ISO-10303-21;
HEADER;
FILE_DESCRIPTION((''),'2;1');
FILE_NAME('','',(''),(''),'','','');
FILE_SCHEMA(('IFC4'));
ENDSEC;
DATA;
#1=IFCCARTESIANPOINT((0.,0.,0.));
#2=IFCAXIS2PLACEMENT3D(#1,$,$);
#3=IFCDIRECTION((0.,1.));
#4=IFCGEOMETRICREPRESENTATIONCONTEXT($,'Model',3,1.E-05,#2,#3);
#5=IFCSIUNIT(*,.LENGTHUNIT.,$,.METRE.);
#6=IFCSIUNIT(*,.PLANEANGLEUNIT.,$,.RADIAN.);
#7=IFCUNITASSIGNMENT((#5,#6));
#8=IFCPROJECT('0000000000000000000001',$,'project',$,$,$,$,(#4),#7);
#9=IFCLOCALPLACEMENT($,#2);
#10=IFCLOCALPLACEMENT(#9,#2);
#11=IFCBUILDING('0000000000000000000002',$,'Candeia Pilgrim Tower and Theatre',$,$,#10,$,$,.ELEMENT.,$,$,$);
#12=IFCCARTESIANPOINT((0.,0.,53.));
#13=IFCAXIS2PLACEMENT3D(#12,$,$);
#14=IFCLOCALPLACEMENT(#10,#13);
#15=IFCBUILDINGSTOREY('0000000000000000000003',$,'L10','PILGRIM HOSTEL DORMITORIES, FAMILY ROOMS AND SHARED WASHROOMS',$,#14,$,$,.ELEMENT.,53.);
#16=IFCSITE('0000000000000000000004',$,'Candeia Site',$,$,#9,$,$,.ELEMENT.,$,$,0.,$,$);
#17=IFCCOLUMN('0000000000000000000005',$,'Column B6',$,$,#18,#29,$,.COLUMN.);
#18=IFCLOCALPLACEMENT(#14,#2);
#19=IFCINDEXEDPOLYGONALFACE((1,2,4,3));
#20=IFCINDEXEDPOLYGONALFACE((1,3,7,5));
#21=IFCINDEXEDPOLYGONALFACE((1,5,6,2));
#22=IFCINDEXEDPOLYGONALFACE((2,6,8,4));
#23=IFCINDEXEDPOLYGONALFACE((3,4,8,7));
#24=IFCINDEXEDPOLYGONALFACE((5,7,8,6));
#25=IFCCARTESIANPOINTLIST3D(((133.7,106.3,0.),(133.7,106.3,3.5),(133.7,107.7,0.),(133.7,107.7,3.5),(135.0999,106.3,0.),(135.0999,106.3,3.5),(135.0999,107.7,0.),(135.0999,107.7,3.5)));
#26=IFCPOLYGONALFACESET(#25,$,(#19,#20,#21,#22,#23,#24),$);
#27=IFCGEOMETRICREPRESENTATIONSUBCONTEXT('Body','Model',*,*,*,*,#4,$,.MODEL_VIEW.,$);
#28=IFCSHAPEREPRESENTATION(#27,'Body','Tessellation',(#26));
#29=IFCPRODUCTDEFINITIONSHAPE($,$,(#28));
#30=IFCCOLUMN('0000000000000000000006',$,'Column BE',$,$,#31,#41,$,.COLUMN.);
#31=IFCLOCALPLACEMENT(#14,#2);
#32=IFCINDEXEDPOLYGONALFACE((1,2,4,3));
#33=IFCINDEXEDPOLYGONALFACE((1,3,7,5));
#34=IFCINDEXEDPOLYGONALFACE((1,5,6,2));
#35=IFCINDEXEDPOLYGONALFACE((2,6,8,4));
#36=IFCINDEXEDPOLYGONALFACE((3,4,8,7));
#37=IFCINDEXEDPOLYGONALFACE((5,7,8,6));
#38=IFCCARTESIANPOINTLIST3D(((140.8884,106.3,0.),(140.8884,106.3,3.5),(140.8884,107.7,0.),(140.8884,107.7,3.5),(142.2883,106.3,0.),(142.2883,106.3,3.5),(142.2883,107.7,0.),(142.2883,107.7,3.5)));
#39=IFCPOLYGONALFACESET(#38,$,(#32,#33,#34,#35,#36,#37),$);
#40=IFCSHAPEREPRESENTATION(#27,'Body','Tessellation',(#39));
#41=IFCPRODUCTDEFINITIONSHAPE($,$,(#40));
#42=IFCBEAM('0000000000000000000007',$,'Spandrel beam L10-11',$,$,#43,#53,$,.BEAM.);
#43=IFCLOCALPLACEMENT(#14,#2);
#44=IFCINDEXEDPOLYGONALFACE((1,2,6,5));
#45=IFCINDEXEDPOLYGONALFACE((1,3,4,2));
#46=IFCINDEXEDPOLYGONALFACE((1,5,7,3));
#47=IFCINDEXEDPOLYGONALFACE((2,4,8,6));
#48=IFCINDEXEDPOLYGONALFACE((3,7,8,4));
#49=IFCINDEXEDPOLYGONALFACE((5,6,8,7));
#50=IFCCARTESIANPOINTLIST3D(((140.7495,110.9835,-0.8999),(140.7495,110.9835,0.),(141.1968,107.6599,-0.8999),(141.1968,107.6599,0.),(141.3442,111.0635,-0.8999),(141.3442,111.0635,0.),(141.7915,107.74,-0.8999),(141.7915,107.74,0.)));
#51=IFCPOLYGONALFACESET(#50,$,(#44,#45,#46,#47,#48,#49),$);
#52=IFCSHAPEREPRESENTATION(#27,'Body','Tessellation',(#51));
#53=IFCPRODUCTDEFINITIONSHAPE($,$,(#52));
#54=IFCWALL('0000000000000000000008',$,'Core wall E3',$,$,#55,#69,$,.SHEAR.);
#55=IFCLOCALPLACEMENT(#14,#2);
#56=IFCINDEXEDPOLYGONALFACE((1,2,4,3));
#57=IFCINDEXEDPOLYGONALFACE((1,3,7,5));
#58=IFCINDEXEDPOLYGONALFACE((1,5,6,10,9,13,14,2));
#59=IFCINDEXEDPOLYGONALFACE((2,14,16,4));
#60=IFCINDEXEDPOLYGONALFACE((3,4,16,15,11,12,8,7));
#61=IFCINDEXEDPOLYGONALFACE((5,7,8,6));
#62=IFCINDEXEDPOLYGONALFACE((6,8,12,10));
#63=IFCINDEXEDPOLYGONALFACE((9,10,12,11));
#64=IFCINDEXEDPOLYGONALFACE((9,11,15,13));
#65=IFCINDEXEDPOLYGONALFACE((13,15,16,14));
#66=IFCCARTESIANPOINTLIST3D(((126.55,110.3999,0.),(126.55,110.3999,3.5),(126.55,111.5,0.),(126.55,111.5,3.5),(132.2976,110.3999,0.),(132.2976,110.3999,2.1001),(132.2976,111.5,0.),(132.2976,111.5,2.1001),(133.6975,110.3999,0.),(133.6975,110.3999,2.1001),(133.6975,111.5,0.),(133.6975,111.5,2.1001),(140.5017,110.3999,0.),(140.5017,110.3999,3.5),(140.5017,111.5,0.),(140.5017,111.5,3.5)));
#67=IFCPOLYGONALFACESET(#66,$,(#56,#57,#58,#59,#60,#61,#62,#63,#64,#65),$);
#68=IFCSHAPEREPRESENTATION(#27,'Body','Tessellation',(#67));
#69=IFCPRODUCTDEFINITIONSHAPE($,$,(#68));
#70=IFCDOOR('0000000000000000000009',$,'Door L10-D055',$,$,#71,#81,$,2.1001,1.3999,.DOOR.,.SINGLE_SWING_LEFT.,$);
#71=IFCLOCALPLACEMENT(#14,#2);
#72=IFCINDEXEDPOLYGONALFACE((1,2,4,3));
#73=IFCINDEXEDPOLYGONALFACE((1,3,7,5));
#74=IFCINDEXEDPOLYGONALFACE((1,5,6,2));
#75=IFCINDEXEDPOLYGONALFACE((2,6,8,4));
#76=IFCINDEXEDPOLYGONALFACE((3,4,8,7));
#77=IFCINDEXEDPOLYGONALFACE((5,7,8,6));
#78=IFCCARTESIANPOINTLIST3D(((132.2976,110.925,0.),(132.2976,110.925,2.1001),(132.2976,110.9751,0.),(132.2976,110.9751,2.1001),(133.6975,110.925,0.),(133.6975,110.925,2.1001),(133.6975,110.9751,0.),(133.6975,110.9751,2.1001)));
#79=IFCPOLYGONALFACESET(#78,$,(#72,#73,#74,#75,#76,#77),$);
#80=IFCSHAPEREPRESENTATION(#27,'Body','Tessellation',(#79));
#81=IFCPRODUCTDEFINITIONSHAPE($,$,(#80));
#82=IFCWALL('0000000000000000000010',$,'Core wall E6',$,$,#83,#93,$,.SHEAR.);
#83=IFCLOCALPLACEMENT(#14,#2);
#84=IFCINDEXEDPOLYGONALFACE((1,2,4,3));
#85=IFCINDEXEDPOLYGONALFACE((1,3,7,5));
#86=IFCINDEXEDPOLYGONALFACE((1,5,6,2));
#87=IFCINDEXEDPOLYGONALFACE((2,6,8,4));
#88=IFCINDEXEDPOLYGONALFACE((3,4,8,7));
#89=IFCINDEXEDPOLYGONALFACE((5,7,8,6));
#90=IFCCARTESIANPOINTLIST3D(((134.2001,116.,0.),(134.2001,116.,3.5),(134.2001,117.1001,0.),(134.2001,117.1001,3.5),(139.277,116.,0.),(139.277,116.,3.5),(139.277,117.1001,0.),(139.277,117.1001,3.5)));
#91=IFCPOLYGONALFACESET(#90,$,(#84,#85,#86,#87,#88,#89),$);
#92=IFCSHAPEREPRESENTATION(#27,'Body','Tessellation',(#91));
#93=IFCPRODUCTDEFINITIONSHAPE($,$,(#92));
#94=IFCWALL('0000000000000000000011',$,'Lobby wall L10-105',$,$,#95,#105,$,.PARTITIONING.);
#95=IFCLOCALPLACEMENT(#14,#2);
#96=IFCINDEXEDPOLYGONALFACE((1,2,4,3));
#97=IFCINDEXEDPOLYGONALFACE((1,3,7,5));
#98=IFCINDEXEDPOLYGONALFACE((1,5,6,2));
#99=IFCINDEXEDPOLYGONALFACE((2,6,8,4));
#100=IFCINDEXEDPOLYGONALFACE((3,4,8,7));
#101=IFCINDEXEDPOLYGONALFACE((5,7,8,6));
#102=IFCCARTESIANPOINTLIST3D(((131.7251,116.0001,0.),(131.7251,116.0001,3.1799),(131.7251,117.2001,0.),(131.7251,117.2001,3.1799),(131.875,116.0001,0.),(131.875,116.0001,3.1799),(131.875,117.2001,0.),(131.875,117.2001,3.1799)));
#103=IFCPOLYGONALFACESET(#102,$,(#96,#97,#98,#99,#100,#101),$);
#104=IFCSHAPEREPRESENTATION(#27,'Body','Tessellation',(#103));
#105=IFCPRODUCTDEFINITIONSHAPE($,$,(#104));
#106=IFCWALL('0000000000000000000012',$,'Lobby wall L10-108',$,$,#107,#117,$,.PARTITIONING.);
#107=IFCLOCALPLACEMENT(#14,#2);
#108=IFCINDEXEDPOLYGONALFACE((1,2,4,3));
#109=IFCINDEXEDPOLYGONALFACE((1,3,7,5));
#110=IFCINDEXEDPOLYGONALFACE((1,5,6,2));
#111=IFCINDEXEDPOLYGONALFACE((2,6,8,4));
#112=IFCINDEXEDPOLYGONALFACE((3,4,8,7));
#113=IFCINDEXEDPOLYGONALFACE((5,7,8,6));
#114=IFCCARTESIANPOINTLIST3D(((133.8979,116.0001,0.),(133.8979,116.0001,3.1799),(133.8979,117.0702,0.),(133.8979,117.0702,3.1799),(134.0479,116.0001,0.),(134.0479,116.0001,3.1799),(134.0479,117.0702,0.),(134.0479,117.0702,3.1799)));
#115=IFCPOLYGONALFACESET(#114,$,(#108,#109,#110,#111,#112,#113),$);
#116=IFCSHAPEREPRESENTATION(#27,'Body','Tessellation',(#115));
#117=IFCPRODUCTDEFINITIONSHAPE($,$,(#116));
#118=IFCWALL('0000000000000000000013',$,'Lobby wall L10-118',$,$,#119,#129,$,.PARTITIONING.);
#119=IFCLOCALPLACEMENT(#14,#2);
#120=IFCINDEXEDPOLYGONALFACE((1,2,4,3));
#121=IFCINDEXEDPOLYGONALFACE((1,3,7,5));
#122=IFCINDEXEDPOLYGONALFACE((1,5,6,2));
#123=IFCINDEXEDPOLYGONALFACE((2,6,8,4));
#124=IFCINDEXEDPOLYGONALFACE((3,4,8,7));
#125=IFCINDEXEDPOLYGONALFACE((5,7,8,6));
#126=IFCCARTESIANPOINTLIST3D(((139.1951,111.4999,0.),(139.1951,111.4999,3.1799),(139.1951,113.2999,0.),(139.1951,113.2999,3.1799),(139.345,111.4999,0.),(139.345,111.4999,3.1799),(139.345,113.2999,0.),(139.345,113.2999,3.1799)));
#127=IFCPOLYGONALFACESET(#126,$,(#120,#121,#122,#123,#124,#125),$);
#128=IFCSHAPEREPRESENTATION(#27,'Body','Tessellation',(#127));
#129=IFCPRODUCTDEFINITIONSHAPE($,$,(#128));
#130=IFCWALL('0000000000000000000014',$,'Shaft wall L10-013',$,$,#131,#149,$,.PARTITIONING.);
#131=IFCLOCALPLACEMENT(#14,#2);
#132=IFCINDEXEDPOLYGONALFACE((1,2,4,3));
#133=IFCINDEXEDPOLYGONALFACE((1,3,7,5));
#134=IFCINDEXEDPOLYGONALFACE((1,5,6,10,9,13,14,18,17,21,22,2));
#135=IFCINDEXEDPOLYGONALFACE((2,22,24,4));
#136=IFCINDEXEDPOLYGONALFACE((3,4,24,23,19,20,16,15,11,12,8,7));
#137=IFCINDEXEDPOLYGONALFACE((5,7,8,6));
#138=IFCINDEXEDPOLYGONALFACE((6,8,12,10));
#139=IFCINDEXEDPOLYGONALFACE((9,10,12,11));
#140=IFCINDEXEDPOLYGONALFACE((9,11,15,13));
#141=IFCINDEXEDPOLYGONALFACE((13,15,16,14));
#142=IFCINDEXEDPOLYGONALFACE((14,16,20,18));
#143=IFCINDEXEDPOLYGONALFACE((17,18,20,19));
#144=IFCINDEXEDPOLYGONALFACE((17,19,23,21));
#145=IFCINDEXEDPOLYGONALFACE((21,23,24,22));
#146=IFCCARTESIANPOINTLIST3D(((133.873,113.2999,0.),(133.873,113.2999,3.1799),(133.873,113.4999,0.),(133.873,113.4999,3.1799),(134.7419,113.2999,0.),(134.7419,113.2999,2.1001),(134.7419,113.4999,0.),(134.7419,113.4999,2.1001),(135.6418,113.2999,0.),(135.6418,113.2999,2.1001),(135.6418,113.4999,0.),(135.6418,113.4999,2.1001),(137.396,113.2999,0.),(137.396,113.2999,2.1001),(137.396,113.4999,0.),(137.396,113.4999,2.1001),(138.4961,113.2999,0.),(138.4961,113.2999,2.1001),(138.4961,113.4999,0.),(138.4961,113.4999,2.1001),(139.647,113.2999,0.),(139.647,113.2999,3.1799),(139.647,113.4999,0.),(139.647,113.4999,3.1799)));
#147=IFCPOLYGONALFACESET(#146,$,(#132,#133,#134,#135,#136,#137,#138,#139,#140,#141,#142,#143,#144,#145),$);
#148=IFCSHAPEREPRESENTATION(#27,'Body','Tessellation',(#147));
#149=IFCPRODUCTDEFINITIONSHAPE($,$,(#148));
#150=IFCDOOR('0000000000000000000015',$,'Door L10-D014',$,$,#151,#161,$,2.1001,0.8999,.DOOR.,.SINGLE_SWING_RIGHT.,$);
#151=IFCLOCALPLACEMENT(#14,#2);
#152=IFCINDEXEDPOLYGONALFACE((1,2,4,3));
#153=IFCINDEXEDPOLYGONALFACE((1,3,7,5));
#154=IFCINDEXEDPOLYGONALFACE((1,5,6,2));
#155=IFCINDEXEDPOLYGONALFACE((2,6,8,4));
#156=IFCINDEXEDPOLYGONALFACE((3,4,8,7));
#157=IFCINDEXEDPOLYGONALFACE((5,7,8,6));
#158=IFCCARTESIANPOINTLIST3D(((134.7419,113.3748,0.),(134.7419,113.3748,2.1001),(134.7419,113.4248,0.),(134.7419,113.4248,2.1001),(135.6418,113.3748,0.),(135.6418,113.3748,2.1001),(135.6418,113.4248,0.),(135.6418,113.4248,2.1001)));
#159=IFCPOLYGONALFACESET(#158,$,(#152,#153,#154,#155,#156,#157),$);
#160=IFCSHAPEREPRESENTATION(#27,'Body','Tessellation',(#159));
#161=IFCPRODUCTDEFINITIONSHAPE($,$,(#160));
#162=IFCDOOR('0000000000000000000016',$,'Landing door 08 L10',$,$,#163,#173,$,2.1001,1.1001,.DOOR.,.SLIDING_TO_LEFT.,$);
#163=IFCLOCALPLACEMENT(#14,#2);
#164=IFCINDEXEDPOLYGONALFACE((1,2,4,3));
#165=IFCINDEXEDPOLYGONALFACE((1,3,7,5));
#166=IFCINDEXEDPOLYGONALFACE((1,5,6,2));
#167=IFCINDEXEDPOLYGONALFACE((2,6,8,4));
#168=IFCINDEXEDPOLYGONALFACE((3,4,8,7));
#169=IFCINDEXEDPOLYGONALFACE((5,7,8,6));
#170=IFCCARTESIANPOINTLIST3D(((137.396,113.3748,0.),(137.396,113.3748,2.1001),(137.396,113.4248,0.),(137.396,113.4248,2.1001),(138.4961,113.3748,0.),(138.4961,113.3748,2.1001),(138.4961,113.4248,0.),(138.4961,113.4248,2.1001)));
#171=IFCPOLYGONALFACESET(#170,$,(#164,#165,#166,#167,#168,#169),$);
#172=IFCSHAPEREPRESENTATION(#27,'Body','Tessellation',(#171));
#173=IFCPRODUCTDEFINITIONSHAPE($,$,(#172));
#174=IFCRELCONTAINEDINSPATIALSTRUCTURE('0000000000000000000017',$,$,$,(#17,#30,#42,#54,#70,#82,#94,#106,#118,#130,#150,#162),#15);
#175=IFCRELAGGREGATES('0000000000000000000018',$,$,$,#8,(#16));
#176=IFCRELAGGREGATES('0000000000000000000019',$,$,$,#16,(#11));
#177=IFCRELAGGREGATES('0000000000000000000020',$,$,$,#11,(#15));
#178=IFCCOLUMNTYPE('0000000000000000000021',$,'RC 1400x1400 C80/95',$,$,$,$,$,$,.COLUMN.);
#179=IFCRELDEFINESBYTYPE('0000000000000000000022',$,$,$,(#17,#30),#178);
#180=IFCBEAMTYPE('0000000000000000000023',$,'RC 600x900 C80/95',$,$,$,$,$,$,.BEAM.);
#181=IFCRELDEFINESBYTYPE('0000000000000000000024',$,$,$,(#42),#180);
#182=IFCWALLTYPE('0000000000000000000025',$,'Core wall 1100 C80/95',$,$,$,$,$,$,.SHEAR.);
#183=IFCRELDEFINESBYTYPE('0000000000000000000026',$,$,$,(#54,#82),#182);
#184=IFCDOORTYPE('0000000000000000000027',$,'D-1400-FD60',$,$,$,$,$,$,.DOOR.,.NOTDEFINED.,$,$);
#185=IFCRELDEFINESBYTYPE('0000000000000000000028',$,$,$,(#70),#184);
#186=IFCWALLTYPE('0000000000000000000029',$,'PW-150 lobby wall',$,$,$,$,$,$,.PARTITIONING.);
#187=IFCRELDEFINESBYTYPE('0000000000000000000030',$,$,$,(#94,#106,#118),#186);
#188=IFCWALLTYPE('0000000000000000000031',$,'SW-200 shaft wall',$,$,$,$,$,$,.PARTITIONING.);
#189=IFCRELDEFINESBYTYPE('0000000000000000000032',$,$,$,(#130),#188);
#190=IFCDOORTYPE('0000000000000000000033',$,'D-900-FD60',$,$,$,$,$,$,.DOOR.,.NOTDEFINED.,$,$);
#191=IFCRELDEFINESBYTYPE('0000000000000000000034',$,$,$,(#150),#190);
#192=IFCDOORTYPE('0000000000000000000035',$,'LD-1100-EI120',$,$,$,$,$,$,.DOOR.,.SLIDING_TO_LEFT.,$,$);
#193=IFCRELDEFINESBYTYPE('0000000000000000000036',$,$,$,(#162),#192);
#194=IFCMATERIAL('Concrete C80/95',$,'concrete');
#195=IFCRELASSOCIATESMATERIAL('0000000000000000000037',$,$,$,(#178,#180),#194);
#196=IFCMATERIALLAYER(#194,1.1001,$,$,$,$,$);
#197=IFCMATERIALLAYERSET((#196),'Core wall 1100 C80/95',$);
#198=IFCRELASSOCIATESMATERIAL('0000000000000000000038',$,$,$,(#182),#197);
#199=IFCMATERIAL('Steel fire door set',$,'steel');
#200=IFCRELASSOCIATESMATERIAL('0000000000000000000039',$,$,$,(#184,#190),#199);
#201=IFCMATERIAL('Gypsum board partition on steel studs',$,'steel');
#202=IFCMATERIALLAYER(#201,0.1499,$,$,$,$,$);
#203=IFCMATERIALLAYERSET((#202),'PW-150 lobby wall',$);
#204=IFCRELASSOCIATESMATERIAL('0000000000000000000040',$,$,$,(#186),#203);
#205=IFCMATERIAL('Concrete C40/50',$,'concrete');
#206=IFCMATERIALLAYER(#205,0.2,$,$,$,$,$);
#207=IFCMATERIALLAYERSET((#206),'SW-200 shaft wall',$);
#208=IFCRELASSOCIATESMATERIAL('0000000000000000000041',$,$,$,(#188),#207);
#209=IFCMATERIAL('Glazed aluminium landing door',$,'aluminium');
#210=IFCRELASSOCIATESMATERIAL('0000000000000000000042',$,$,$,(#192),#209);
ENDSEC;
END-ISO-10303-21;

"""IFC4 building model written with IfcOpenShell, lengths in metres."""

from ifc_helpers import new_model, si_unit, direction, frame, frame_2d, origin, origin_2d, place, context, subcontext, project, spatial, rectangle, extrude, material, layer, layer_set, material_profile, profile_set, type_object, element, fill, save


model = new_model("IFC4")

# Units and contexts
model_context = context("Model", 3, precision=1e-05, world=origin(), true_north=direction((0.0, 1.0)))
body_context = subcontext(model_context, "Body", "Model", "MODEL_VIEW")
ifc_project = project(units=[si_unit("LENGTHUNIT", "METRE"), si_unit("PLANEANGLEUNIT", "RADIAN")], contexts=[model_context])

# Site, building, storey
site_placement = place(None, origin())
site = spatial("IfcSite", under=ifc_project, at=site_placement, Name="Candeia Site", CompositionType="ELEMENT", RefElevation=0.0)
building_placement = place(site_placement, origin())
building = spatial("IfcBuilding", under=site, at=building_placement, Name="Candeia Pilgrim Tower and Theatre", CompositionType="ELEMENT")
storey_placement = place(building_placement, frame((0.0, 0.0, 53.0)))
storey = spatial("IfcBuildingStorey", under=building, at=storey_placement, Name="L10", Description="PILGRIM HOSTEL DORMITORIES, FAMILY ROOMS AND SHARED WASHROOMS", CompositionType="ELEMENT", Elevation=53.0)

# Columns
ifc_material_1 = material(Name="Concrete C80/95", Category="concrete")
ifc_material_profile_1 = material_profile(ifc_material_1, rectangle(XDim=1.3999, YDim=1.3999, at=origin_2d()))
ifc_profile_set_1 = profile_set([ifc_material_profile_1], Name="Concrete C80/95")
column_type = type_object("IfcColumnType", Name="RC 1400x1400 C80/95", PredefinedType="COLUMN", material=ifc_profile_set_1)
for number, where, z_axis, x_axis, name in (
    (1, (134.3999, 107.0, 0.0), (0.0, 0.0, 1.0), (1.0, 0.0, 0.0), "Column B6"),
    (2, (141.5884, 107.0, 0.0), (0.0, 0.0, 1.0), (1.0, 0.0, 0.0), "Column BE"),
):
    element("IfcColumn", number, at=place(storey_placement, frame(where, z_axis=z_axis, x_axis=x_axis)), inside=storey, type_object=column_type, Name=name, PredefinedType="COLUMN", context=body_context, shape_type="SweptSolid", body=[
        extrude(rectangle(XDim=1.3999, YDim=1.3999, at=origin_2d()), origin(), (0.0, 0.0, 1.0), 3.5),
    ])

# Beam
ifc_material_profile_2 = material_profile(ifc_material_1, rectangle(XDim=0.6001, YDim=0.8999, at=origin_2d()))
ifc_profile_set_2 = profile_set([ifc_material_profile_2], Name="Concrete C80/95")
beam_type = type_object("IfcBeamType", Name="RC 600x900 C80/95", PredefinedType="BEAM", material=ifc_profile_set_2)
beam_placement = place(storey_placement, frame((141.4941, 107.7, -0.45), z_axis=(-0.133375, 0.991066, 0.0), x_axis=(-0.991066, -0.133375, 0.0)))
element("IfcBeam", 3, at=beam_placement, inside=storey, type_object=beam_type, Name="Spandrel beam L10-11", PredefinedType="BEAM", context=body_context, shape_type="SweptSolid", body=[
    extrude(rectangle(XDim=0.6001, YDim=0.8999, at=origin_2d()), origin(), (0.0, 0.0, 1.0), 3.3535),
])

# Wall, opening, door
ifc_layer_1 = layer(ifc_material_1, 1.1001)
ifc_layer_set_1 = layer_set([ifc_layer_1], Name="Core wall 1100 C80/95")
wall_type_1 = type_object("IfcWallType", Name="Core wall 1100 C80/95", PredefinedType="SHEAR", material=ifc_layer_set_1)
wall_1_placement = place(storey_placement, frame((140.5017, 110.95, 0.0), z_axis=(0.0, 0.0, 1.0), x_axis=(-1.0, 0.0, 0.0)))
wall_1 = element("IfcWall", 4, at=wall_1_placement, inside=storey, type_object=wall_type_1, Name="Core wall E3", PredefinedType="SHEAR", context=body_context, shape_type="SweptSolid", body=[
    extrude(rectangle(XDim=13.9517, YDim=1.1001, at=frame_2d((6.9758, 0.0))), origin(), (0.0, 0.0, 1.0), 3.5),
])
opening_1_placement = place(wall_1_placement, frame((6.8042, 0.0, 0.0)))
opening_1 = element("IfcOpeningElement", 5, at=opening_1_placement, cuts=wall_1, PredefinedType="OPENING", context=body_context, shape_type="SweptSolid", body=[
    extrude(rectangle(XDim=1.3999, YDim=2.1001, at=frame_2d((0.7, 1.05))), frame((0.0, 0.5601, 0.0), z_axis=(0.0, -1.0, 0.0), x_axis=(1.0, 0.0, 0.0)), (0.0, 0.0, 1.0), 1.1201),
])
ifc_material_2 = material(Name="Steel fire door set", Category="steel")
door_type_1 = type_object("IfcDoorType", Name="D-1400-FD60", OperationType="NOTDEFINED", PredefinedType="DOOR", material=ifc_material_2)
door_1_placement = place(opening_1_placement, origin())
door_1 = element("IfcDoor", 6, at=door_1_placement, inside=storey, type_object=door_type_1, Name="Door L10-D055", OperationType="SINGLE_SWING_LEFT", OverallHeight=2.1001, OverallWidth=1.3999, PredefinedType="DOOR", context=body_context, shape_type="SweptSolid", body=[
    extrude(rectangle(XDim=1.3999, YDim=2.1001, at=frame_2d((0.7, 1.05))), frame((0.0, 0.0249, 0.0), z_axis=(0.0, -1.0, 0.0), x_axis=(1.0, 0.0, 0.0)), (0.0, 0.0, 1.0), 0.05),
])
fill(opening_1, door_1)

# Walls
wall_2_placement = place(storey_placement, frame((134.2, 116.55, 0.0), z_axis=(0.0, 0.0, 1.0), x_axis=(1.0, 0.0, 0.0)))
element("IfcWall", 7, at=wall_2_placement, inside=storey, type_object=wall_type_1, Name="Core wall E6", PredefinedType="SHEAR", context=body_context, shape_type="SweptSolid", body=[
    extrude(rectangle(XDim=5.0769, YDim=1.1001, at=frame_2d((2.5386, 0.0))), origin(), (0.0, 0.0, 1.0), 3.5),
])
ifc_material_3 = material(Name="Gypsum board partition on steel studs", Category="steel")
ifc_layer_2 = layer(ifc_material_3, 0.1499)
ifc_layer_set_2 = layer_set([ifc_layer_2], Name="PW-150 lobby wall")
wall_type_2 = type_object("IfcWallType", Name="PW-150 lobby wall", PredefinedType="PARTITIONING", material=ifc_layer_set_2)
wall_3_placement = place(storey_placement, frame((131.8, 116.0, 0.0), z_axis=(0.0, 0.0, 1.0), x_axis=(0.0, 1.0, 0.0)))
element("IfcWall", 8, at=wall_3_placement, inside=storey, type_object=wall_type_2, Name="Lobby wall L10-105", PredefinedType="PARTITIONING", context=body_context, shape_type="SweptSolid", body=[
    extrude(rectangle(XDim=1.2, YDim=0.1499, at=frame_2d((0.6001, 0.0))), origin(), (0.0, 0.0, 1.0), 3.1799),
])
wall_4_placement = place(storey_placement, frame((133.9729, 116.0, 0.0), z_axis=(0.0, 0.0, 1.0), x_axis=(0.0, 1.0, 0.0)))
element("IfcWall", 9, at=wall_4_placement, inside=storey, type_object=wall_type_2, Name="Lobby wall L10-108", PredefinedType="PARTITIONING", context=body_context, shape_type="SweptSolid", body=[
    extrude(rectangle(XDim=1.0701, YDim=0.1499, at=frame_2d((0.5352, 0.0))), origin(), (0.0, 0.0, 1.0), 3.1799),
])
wall_5_placement = place(storey_placement, frame((139.27, 111.5, 0.0), z_axis=(0.0, 0.0, 1.0), x_axis=(0.0, 1.0, 0.0)))
element("IfcWall", 10, at=wall_5_placement, inside=storey, type_object=wall_type_2, Name="Lobby wall L10-118", PredefinedType="PARTITIONING", context=body_context, shape_type="SweptSolid", body=[
    extrude(rectangle(XDim=1.8, YDim=0.1499, at=frame_2d((0.8999, 0.0))), origin(), (0.0, 0.0, 1.0), 3.1799),
])

# Wall, openings, doors
ifc_material_4 = material(Name="Concrete C40/50", Category="concrete")
ifc_layer_3 = layer(ifc_material_4, 0.2)
ifc_layer_set_3 = layer_set([ifc_layer_3], Name="SW-200 shaft wall")
wall_type_3 = type_object("IfcWallType", Name="SW-200 shaft wall", PredefinedType="PARTITIONING", material=ifc_layer_set_3)
wall_6_placement = place(storey_placement, frame((133.873, 113.3999, 0.0), z_axis=(0.0, 0.0, 1.0), x_axis=(1.0, 0.0, 0.0)))
wall_6 = element("IfcWall", 11, at=wall_6_placement, inside=storey, type_object=wall_type_3, Name="Shaft wall L10-013", PredefinedType="PARTITIONING", context=body_context, shape_type="SweptSolid", body=[
    extrude(rectangle(XDim=5.7739, YDim=0.2, at=frame_2d((2.887, 0.0))), origin(), (0.0, 0.0, 1.0), 3.1799),
])
opening_2_placement = place(wall_6_placement, frame((3.5229, 0.0, 0.0)))
opening_2 = element("IfcOpeningElement", 12, at=opening_2_placement, cuts=wall_6, PredefinedType="OPENING", context=body_context, shape_type="SweptSolid", body=[
    extrude(rectangle(XDim=1.1001, YDim=2.1001, at=frame_2d((0.55, 1.05))), frame((0.0, 0.1099, 0.0), z_axis=(0.0, -1.0, 0.0), x_axis=(1.0, 0.0, 0.0)), (0.0, 0.0, 1.0), 0.22),
])
opening_3_placement = place(wall_6_placement, frame((0.8689, 0.0, 0.0)))
opening_3 = element("IfcOpeningElement", 13, at=opening_3_placement, cuts=wall_6, PredefinedType="OPENING", context=body_context, shape_type="SweptSolid", body=[
    extrude(rectangle(XDim=0.8999, YDim=2.1001, at=frame_2d((0.45, 1.05))), frame((0.0, 0.1099, 0.0), z_axis=(0.0, -1.0, 0.0), x_axis=(1.0, 0.0, 0.0)), (0.0, 0.0, 1.0), 0.22),
])
door_type_2 = type_object("IfcDoorType", Name="D-900-FD60", OperationType="NOTDEFINED", PredefinedType="DOOR", material=ifc_material_2)
door_2_placement = place(opening_3_placement, origin())
door_2 = element("IfcDoor", 14, at=door_2_placement, inside=storey, type_object=door_type_2, Name="Door L10-D014", OperationType="SINGLE_SWING_RIGHT", OverallHeight=2.1001, OverallWidth=0.8999, PredefinedType="DOOR", context=body_context, shape_type="SweptSolid", body=[
    extrude(rectangle(XDim=0.8999, YDim=2.1001, at=frame_2d((0.45, 1.05))), frame((0.0, 0.0249, 0.0), z_axis=(0.0, -1.0, 0.0), x_axis=(1.0, 0.0, 0.0)), (0.0, 0.0, 1.0), 0.05),
])
fill(opening_3, door_2)
ifc_material_5 = material(Name="Glazed aluminium landing door", Category="aluminium")
door_type_3 = type_object("IfcDoorType", Name="LD-1100-EI120", OperationType="SLIDING_TO_LEFT", PredefinedType="DOOR", material=ifc_material_5)
door_3_placement = place(opening_2_placement, origin())
door_3 = element("IfcDoor", 15, at=door_3_placement, inside=storey, type_object=door_type_3, Name="Landing door 08 L10", OperationType="SLIDING_TO_LEFT", OverallHeight=2.1001, OverallWidth=1.1001, PredefinedType="DOOR", context=body_context, shape_type="SweptSolid", body=[
    extrude(rectangle(XDim=1.1001, YDim=2.1001, at=frame_2d((0.55, 1.05))), frame((0.0, 0.0249, 0.0), z_axis=(0.0, -1.0, 0.0), x_axis=(1.0, 0.0, 0.0)), (0.0, 0.0, 1.0), 0.05),
])
fill(opening_2, door_3)

save(model, "model.ifc")
